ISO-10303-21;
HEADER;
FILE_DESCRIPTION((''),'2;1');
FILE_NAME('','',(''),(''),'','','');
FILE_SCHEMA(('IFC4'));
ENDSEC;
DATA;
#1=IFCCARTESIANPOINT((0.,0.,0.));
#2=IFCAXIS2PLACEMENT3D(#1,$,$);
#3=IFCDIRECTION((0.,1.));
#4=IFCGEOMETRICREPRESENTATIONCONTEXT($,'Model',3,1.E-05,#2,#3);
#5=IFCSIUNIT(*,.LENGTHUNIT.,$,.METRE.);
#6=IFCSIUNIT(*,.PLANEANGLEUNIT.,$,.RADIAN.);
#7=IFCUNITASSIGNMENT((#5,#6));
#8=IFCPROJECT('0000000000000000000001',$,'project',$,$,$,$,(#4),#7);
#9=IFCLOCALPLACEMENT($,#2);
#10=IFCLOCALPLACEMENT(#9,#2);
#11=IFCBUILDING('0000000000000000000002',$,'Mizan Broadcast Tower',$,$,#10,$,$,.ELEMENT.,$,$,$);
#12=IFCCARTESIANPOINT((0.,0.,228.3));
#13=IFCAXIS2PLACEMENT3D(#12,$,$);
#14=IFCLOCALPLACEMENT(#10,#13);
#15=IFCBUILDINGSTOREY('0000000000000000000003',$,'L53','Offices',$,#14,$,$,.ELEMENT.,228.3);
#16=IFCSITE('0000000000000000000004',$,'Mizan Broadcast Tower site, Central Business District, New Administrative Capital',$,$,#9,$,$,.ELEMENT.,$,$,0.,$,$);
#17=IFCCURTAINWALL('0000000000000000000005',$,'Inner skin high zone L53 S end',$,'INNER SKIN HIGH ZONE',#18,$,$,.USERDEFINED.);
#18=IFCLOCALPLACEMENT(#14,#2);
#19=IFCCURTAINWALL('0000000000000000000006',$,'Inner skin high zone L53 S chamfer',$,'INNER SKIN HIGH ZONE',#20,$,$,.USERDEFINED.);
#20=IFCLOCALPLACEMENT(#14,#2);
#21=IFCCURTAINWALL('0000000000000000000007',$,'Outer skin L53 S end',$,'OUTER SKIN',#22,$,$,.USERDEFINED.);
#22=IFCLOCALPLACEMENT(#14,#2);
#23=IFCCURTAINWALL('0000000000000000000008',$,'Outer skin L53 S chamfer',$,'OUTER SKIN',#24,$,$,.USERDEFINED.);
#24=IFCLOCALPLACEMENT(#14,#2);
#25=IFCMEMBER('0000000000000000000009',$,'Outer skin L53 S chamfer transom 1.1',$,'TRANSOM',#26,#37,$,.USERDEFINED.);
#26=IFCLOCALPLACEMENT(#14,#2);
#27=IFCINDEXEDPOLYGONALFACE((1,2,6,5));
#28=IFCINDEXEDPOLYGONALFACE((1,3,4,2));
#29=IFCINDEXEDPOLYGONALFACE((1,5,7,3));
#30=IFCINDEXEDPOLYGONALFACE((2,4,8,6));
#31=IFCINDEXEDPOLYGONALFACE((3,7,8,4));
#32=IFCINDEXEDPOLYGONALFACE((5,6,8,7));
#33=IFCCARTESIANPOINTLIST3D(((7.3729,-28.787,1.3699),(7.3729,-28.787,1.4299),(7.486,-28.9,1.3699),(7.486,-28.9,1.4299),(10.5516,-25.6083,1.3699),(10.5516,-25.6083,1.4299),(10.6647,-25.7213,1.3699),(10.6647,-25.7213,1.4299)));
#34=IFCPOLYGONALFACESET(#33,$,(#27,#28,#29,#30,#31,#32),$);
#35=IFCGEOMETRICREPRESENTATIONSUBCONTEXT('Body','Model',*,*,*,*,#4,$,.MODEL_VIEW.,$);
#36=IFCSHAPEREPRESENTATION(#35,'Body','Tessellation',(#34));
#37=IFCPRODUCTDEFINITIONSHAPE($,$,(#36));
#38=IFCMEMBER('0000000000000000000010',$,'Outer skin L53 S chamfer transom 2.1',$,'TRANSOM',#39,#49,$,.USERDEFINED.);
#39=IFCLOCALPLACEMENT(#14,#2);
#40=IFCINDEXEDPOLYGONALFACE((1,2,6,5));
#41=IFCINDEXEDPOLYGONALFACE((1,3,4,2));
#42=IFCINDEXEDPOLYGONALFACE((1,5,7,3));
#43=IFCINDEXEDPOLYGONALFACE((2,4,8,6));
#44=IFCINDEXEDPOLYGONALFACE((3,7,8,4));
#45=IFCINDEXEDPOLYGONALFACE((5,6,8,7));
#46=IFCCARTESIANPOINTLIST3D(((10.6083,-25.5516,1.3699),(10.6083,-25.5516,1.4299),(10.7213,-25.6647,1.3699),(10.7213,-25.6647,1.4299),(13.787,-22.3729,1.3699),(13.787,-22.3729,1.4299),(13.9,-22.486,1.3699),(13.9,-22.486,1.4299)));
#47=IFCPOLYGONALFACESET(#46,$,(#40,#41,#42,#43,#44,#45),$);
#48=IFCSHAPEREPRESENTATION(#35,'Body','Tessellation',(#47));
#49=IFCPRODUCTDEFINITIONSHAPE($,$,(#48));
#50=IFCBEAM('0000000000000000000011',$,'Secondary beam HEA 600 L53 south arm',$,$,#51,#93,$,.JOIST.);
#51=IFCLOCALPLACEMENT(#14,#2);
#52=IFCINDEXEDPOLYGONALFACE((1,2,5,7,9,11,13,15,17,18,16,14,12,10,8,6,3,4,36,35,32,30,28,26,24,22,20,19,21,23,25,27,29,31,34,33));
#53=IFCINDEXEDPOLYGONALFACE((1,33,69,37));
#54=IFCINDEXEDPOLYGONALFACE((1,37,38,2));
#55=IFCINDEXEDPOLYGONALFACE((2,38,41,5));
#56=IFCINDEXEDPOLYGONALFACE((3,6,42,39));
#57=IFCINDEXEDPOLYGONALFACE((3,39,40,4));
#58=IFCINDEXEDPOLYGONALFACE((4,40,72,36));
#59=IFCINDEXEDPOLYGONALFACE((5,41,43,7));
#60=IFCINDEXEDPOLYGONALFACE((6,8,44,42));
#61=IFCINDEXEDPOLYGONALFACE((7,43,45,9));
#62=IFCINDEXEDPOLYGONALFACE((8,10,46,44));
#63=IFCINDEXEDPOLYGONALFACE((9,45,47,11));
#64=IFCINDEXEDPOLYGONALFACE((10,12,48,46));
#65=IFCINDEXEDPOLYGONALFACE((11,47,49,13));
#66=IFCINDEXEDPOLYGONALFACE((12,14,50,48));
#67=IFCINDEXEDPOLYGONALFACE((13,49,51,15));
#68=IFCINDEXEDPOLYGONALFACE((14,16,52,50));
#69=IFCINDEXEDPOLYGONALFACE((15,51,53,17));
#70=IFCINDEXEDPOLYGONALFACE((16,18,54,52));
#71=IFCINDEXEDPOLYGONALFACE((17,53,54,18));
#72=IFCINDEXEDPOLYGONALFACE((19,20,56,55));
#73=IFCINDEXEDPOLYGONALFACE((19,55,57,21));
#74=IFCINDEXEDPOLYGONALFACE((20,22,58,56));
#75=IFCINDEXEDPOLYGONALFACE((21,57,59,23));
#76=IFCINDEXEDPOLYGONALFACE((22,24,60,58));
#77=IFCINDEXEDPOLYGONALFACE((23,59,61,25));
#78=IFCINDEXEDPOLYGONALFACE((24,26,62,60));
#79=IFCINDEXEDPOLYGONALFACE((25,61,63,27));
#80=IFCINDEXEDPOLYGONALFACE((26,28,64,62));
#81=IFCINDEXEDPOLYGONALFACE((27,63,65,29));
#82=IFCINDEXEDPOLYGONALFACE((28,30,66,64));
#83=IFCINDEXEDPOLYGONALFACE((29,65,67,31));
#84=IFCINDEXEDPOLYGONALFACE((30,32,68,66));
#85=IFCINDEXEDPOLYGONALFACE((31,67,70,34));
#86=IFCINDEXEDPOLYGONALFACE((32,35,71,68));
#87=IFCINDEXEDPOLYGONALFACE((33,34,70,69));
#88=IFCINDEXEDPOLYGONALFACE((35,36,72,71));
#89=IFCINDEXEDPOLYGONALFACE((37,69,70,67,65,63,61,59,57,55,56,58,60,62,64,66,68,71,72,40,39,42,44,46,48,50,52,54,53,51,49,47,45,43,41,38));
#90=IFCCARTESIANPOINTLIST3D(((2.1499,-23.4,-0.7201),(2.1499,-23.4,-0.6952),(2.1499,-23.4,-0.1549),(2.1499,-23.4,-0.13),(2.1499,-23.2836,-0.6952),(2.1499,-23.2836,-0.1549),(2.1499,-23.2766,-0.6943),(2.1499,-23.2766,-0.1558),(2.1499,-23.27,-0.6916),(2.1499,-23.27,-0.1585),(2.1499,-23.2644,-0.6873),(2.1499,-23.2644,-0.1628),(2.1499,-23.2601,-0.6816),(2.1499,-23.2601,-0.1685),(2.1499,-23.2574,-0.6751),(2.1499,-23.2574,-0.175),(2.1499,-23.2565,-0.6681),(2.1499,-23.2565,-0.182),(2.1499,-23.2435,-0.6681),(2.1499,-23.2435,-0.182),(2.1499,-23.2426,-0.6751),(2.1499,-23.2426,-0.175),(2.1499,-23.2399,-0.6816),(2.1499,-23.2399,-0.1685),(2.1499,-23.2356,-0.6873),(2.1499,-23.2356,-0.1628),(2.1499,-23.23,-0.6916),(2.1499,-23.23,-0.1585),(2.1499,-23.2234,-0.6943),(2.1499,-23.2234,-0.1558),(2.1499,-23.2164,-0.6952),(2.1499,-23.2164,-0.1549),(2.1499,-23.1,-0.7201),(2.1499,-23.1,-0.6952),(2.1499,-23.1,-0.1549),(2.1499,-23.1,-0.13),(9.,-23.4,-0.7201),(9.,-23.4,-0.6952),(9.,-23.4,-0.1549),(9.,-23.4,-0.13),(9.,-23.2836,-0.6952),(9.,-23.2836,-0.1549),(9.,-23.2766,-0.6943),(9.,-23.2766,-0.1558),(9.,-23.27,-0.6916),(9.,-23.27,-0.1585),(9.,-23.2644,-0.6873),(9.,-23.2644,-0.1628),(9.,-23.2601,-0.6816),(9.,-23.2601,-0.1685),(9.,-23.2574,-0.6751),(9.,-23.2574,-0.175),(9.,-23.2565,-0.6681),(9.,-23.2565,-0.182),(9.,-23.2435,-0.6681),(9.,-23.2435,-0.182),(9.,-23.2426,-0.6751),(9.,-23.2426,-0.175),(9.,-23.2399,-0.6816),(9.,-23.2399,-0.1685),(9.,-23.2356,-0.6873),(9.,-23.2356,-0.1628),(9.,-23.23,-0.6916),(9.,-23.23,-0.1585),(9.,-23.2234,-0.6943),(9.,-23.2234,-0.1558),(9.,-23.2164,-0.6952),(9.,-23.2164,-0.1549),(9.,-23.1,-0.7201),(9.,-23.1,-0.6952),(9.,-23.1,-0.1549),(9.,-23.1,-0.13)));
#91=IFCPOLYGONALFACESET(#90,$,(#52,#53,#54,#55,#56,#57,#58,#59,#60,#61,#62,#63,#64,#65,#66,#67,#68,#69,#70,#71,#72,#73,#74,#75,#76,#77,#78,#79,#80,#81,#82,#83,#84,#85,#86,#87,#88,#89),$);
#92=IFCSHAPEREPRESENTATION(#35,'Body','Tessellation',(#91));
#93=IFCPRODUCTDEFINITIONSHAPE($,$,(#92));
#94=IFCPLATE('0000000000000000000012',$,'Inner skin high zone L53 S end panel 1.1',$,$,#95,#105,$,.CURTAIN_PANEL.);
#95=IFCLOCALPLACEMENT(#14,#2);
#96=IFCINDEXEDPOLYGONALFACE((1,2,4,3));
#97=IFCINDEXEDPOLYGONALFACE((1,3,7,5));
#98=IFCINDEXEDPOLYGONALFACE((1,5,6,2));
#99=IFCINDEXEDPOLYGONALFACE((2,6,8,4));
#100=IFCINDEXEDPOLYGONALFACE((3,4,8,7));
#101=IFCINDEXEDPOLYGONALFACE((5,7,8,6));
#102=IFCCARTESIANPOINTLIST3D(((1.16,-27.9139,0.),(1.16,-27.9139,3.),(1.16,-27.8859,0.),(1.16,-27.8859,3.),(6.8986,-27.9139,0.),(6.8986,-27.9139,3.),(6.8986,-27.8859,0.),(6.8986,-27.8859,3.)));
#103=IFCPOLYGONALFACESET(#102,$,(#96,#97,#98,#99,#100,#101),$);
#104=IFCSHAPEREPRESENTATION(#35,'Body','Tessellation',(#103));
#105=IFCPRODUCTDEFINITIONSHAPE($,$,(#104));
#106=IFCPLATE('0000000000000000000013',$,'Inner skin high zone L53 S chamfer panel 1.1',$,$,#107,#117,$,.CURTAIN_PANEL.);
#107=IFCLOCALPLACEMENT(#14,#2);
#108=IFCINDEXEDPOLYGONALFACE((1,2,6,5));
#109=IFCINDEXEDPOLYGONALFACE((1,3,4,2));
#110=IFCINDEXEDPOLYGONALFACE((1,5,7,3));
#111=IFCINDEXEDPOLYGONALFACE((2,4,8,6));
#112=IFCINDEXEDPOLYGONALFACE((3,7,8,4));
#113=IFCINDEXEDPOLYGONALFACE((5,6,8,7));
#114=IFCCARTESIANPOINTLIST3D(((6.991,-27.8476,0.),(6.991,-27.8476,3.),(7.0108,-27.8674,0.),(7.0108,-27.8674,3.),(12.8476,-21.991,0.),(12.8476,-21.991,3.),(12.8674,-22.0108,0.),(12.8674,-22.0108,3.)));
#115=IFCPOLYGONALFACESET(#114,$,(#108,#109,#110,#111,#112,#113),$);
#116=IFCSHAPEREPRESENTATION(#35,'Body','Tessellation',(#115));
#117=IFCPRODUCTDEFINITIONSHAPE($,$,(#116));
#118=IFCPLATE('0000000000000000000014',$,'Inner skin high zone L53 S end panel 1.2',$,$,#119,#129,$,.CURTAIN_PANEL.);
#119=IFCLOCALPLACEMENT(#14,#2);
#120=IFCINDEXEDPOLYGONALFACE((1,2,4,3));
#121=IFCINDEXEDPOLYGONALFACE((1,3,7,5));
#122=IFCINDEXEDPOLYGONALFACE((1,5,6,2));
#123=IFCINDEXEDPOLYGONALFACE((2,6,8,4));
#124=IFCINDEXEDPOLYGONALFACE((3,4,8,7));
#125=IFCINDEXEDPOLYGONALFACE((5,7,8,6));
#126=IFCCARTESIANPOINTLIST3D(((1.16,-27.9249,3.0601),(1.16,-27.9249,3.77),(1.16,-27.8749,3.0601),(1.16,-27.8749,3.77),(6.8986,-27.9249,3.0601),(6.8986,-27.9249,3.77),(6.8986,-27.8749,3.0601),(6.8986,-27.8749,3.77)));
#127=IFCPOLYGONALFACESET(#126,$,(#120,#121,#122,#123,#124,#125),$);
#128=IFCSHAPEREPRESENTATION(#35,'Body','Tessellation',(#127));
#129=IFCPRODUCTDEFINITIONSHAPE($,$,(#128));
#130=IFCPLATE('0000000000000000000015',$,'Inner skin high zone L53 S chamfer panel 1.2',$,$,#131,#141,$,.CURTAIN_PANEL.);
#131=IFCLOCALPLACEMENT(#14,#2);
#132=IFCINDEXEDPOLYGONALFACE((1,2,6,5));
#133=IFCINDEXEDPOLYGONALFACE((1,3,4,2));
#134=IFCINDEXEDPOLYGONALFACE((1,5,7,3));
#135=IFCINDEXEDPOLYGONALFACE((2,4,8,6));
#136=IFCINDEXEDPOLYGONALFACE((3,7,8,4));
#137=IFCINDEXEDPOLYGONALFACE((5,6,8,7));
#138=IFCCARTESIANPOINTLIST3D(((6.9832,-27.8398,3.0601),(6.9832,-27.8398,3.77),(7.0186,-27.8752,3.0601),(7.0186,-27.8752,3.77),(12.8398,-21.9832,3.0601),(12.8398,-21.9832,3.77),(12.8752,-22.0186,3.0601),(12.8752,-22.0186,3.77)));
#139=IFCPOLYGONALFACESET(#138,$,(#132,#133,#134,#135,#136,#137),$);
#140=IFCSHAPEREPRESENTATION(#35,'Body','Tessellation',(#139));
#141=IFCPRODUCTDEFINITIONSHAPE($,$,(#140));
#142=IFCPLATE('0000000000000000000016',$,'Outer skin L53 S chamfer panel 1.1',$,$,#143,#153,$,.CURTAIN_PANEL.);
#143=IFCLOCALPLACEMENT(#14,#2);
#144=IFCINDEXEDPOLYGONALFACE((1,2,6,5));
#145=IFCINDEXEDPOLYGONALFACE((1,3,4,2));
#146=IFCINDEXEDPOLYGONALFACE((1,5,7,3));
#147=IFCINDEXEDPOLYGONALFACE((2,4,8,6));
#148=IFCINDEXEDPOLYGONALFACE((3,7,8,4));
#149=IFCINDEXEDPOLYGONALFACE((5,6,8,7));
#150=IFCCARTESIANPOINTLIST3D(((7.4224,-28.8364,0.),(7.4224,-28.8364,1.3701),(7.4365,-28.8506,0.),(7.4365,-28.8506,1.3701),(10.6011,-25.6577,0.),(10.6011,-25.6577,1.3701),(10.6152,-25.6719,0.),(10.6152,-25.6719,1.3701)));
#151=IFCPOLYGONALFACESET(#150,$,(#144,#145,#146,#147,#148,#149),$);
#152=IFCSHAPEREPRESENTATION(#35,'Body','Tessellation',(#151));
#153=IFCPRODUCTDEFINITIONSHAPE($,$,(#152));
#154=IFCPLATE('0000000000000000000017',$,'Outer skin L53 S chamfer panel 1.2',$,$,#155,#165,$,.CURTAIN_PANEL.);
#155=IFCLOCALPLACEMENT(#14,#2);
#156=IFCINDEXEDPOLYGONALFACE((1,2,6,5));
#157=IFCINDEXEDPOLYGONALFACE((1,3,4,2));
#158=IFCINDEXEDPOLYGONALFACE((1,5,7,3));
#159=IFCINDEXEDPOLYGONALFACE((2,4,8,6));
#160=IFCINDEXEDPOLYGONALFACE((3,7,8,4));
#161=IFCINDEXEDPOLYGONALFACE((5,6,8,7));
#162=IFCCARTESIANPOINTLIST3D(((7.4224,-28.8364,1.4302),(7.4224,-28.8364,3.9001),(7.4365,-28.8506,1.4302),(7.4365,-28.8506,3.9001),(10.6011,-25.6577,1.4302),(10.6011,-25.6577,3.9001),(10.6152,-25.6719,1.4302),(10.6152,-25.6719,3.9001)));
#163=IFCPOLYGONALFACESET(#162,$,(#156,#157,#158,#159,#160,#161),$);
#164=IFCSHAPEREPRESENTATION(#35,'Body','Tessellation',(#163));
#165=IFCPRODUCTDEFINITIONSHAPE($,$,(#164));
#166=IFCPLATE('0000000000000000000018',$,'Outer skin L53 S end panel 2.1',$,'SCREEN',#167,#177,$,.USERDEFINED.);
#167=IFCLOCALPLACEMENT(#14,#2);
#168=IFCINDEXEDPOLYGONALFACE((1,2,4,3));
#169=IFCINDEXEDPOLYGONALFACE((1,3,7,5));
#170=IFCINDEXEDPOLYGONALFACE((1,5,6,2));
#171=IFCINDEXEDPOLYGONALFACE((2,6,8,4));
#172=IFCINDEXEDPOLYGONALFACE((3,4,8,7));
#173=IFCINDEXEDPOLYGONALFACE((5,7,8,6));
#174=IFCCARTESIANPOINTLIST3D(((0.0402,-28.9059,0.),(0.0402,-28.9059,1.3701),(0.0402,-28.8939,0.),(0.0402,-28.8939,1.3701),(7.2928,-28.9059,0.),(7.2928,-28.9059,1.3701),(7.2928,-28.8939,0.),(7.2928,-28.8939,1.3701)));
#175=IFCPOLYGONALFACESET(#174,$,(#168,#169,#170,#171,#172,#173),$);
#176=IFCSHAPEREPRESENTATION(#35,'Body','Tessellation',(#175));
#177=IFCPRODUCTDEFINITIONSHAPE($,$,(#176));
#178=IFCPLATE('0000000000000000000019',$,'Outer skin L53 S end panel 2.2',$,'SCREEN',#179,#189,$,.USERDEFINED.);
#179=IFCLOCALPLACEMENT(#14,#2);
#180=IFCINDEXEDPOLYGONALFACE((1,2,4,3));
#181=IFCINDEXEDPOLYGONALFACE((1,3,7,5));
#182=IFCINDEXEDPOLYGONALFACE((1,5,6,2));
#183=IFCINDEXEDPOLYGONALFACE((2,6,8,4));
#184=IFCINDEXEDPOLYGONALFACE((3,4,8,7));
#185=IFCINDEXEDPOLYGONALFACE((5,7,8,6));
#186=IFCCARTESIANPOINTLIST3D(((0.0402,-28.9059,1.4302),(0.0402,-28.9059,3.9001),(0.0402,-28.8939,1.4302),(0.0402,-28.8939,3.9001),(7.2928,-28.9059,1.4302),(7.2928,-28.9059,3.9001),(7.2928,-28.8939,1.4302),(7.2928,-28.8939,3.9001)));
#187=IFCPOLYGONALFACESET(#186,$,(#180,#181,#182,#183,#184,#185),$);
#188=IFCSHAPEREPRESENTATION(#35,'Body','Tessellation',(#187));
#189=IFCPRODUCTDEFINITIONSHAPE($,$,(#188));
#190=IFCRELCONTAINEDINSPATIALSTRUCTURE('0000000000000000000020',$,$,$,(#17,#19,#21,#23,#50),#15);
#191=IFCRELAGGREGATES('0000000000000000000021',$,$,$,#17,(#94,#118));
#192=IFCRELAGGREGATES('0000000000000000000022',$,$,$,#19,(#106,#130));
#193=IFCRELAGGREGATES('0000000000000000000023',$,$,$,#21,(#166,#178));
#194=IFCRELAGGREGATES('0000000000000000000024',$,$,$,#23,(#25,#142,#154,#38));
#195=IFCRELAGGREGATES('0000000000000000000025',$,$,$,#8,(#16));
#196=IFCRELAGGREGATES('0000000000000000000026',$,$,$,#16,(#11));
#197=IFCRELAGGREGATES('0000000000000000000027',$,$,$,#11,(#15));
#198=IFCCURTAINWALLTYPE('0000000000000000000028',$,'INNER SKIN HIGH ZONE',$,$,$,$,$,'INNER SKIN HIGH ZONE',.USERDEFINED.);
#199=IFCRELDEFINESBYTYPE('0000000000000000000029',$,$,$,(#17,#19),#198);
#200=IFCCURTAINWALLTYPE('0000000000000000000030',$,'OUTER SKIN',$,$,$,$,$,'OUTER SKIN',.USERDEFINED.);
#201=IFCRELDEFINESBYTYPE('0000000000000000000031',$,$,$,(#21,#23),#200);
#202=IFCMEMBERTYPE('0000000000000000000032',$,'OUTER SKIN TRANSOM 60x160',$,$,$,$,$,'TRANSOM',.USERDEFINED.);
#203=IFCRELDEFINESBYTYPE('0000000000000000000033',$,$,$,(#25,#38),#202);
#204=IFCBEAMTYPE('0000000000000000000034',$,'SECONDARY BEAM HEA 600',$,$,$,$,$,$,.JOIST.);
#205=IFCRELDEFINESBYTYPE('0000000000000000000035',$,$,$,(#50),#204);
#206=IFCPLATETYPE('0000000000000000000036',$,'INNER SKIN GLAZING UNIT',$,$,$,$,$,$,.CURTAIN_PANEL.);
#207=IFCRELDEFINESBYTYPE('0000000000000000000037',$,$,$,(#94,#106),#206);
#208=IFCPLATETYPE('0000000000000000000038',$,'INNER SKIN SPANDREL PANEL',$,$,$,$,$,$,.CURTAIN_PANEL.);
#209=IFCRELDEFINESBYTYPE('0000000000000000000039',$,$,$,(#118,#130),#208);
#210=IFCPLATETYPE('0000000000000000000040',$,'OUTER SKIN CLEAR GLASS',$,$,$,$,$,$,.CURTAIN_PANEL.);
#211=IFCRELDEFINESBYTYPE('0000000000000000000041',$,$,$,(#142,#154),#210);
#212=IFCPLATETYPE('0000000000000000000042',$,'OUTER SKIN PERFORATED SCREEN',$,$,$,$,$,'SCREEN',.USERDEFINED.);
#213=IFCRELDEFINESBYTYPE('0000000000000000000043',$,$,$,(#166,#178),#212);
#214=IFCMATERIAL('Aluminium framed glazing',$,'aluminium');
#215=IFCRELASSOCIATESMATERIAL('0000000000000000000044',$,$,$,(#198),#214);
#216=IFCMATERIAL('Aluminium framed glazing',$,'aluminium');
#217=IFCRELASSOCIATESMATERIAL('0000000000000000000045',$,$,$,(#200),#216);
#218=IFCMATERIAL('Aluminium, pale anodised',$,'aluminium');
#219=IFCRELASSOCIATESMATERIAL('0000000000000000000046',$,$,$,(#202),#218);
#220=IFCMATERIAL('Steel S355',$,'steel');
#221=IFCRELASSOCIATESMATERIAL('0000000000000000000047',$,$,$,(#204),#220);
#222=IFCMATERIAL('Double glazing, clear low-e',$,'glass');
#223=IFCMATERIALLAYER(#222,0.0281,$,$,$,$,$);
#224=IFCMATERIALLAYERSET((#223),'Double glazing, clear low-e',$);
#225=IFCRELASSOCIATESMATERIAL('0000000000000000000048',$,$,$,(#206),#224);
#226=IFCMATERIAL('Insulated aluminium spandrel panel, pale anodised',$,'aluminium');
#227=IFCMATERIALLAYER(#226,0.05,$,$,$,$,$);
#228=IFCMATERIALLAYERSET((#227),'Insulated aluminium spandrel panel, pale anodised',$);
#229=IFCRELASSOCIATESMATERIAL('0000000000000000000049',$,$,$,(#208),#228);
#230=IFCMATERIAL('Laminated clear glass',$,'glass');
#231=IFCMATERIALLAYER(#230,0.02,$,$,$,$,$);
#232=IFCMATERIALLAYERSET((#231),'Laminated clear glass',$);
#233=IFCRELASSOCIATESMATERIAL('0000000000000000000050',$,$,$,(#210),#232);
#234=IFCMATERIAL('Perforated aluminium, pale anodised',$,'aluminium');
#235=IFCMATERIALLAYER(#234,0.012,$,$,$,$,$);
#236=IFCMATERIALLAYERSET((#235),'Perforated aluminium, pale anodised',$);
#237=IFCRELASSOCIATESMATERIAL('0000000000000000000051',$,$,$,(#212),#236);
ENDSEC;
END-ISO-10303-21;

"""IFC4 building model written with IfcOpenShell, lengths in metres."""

from ifc_helpers import new_model, si_unit, direction, frame, origin, origin_2d, place, context, subcontext, project, spatial, rectangle, i_section, extrude, material, layer, layer_set, material_profile, profile_set, type_object, element, aggregate, save


model = new_model("IFC4")

# Units and contexts
model_context = context("Model", 3, precision=1e-05, world=origin(), true_north=direction((0.0, 1.0)))
body_context = subcontext(model_context, "Body", "Model", "MODEL_VIEW")
ifc_project = project(units=[si_unit("LENGTHUNIT", "METRE"), si_unit("PLANEANGLEUNIT", "RADIAN")], contexts=[model_context])

# Site, building, storey
site_placement = place(None, origin())
site = spatial("IfcSite", under=ifc_project, at=site_placement, Name="Mizan Broadcast Tower site, Central Business District, New Administrative Capital", CompositionType="ELEMENT", RefElevation=0.0)
building_placement = place(site_placement, origin())
building = spatial("IfcBuilding", under=site, at=building_placement, Name="Mizan Broadcast Tower", CompositionType="ELEMENT")
storey_placement = place(building_placement, frame((0.0, 0.0, 228.3)))
storey = spatial("IfcBuildingStorey", under=building, at=storey_placement, Name="L53", Description="Offices", CompositionType="ELEMENT", Elevation=228.3)

# Curtain wall
ifc_material_1 = material(Name="Aluminium framed glazing", Category="aluminium")
curtain_wall_type_1 = type_object("IfcCurtainWallType", Name="INNER SKIN HIGH ZONE", ElementType="INNER SKIN HIGH ZONE", PredefinedType="USERDEFINED", material=ifc_material_1)
curtain_wall_1_placement = place(storey_placement, origin())
curtain_wall_1 = element("IfcCurtainWall", 1, at=curtain_wall_1_placement, inside=storey, type_object=curtain_wall_type_1, Name="Inner skin high zone L53 S end", ObjectType="INNER SKIN HIGH ZONE", PredefinedType="USERDEFINED")

# Curtain wall
curtain_wall_2_placement = place(storey_placement, origin())
curtain_wall_2 = element("IfcCurtainWall", 2, at=curtain_wall_2_placement, inside=storey, type_object=curtain_wall_type_1, Name="Inner skin high zone L53 S chamfer", ObjectType="INNER SKIN HIGH ZONE", PredefinedType="USERDEFINED")

# Curtain wall
ifc_material_2 = material(Name="Aluminium framed glazing", Category="aluminium")
curtain_wall_type_2 = type_object("IfcCurtainWallType", Name="OUTER SKIN", ElementType="OUTER SKIN", PredefinedType="USERDEFINED", material=ifc_material_2)
curtain_wall_3_placement = place(storey_placement, origin())
curtain_wall_3 = element("IfcCurtainWall", 3, at=curtain_wall_3_placement, inside=storey, type_object=curtain_wall_type_2, Name="Outer skin L53 S end", ObjectType="OUTER SKIN", PredefinedType="USERDEFINED")

# Curtain wall
curtain_wall_4_placement = place(storey_placement, origin())
curtain_wall_4 = element("IfcCurtainWall", 4, at=curtain_wall_4_placement, inside=storey, type_object=curtain_wall_type_2, Name="Outer skin L53 S chamfer", ObjectType="OUTER SKIN", PredefinedType="USERDEFINED")

# Members
ifc_material_3 = material(Name="Aluminium, pale anodised", Category="aluminium")
ifc_material_profile_1 = material_profile(ifc_material_3, rectangle(XDim=0.1599, YDim=0.0601, at=origin_2d()), Name="TRANSOM 160x60")
ifc_profile_set_1 = profile_set([ifc_material_profile_1], Name="Aluminium, pale anodised")
member_type_1 = type_object("IfcMemberType", Name="OUTER SKIN TRANSOM 60x160", ElementType="TRANSOM", PredefinedType="USERDEFINED", material=ifc_profile_set_1)
member_1_placement = place(storey_placement, frame((7.4294, -28.8435, 1.3999), z_axis=(0.707107, 0.707107, 0.0), x_axis=(-0.707107, 0.707107, 0.0)))
member_1 = element("IfcMember", 5, at=member_1_placement, type_object=member_type_1, Name="Outer skin L53 S chamfer transom 1.1", ObjectType="TRANSOM", PredefinedType="USERDEFINED", context=body_context, shape_type="SweptSolid", body=[
    extrude(rectangle(XDim=0.1599, YDim=0.0601, at=origin_2d()), origin(), (0.0, 0.0, 1.0), 4.4954),
])
member_2_placement = place(storey_placement, frame((10.6648, -25.6082, 1.3999), z_axis=(0.707107, 0.707107, 0.0), x_axis=(-0.707107, 0.707107, 0.0)))
member_2 = element("IfcMember", 6, at=member_2_placement, type_object=member_type_1, Name="Outer skin L53 S chamfer transom 2.1", ObjectType="TRANSOM", PredefinedType="USERDEFINED", context=body_context, shape_type="SweptSolid", body=[
    extrude(rectangle(XDim=0.1599, YDim=0.0601, at=origin_2d()), origin(), (0.0, 0.0, 1.0), 4.4954),
])

# Beam
ifc_material_4 = material(Name="Steel S355", Category="steel")
ifc_material_profile_2 = material_profile(ifc_material_4, i_section(OverallWidth=0.3, OverallDepth=0.5901, WebThickness=0.0129, FlangeThickness=0.0249, FilletRadius=0.0271, at=origin_2d()), Name="HEA 600")
ifc_profile_set_2 = profile_set([ifc_material_profile_2], Name="Steel S355")
beam_type_1 = type_object("IfcBeamType", Name="SECONDARY BEAM HEA 600", PredefinedType="JOIST", material=ifc_profile_set_2)
beam_1_placement = place(storey_placement, frame((9.0, -23.25, -0.425), z_axis=(-1.0, 0.0, 0.0), x_axis=(0.0, -1.0, 0.0)))
element("IfcBeam", 7, at=beam_1_placement, inside=storey, type_object=beam_type_1, Name="Secondary beam HEA 600 L53 south arm", PredefinedType="JOIST", context=body_context, shape_type="SweptSolid", body=[
    extrude(i_section(OverallWidth=0.3, OverallDepth=0.5901, WebThickness=0.0129, FlangeThickness=0.0249, FilletRadius=0.0271, at=origin_2d()), origin(), (0.0, 0.0, 1.0), 6.8501),
])

# Plates
ifc_material_5 = material(Name="Double glazing, clear low-e", Category="glass")
ifc_layer_1 = layer(ifc_material_5, 0.0281)
ifc_layer_set_1 = layer_set([ifc_layer_1], Name="Double glazing, clear low-e")
plate_type_1 = type_object("IfcPlateType", Name="INNER SKIN GLAZING UNIT", PredefinedType="CURTAIN_PANEL", material=ifc_layer_set_1)
plate_1_placement = place(storey_placement, frame((4.0293, -27.8999, 0.0), z_axis=(0.0, 0.0, 1.0), x_axis=(1.0, 0.0, 0.0)))
plate_1 = element("IfcPlate", 8, at=plate_1_placement, type_object=plate_type_1, Name="Inner skin high zone L53 S end panel 1.1", PredefinedType="CURTAIN_PANEL", context=body_context, shape_type="SweptSolid", body=[
    extrude(rectangle(XDim=5.7385, YDim=0.0281, at=origin_2d()), origin(), (0.0, 0.0, 1.0), 3.0),
])
plate_2_placement = place(storey_placement, frame((9.9292, -24.9292, 0.0), z_axis=(0.0, 0.0, 1.0), x_axis=(0.707107, 0.707107, 0.0)))
plate_2 = element("IfcPlate", 9, at=plate_2_placement, type_object=plate_type_1, Name="Inner skin high zone L53 S chamfer panel 1.1", PredefinedType="CURTAIN_PANEL", context=body_context, shape_type="SweptSolid", body=[
    extrude(rectangle(XDim=8.2825, YDim=0.0281, at=origin_2d()), origin(), (0.0, 0.0, 1.0), 3.0),
])
ifc_material_6 = material(Name="Insulated aluminium spandrel panel, pale anodised", Category="aluminium")
ifc_layer_2 = layer(ifc_material_6, 0.05)
ifc_layer_set_2 = layer_set([ifc_layer_2], Name="Insulated aluminium spandrel panel, pale anodised")
plate_type_2 = type_object("IfcPlateType", Name="INNER SKIN SPANDREL PANEL", PredefinedType="CURTAIN_PANEL", material=ifc_layer_set_2)
plate_3_placement = place(storey_placement, frame((4.0293, -27.8999, 3.0601), z_axis=(0.0, 0.0, 1.0), x_axis=(1.0, 0.0, 0.0)))
plate_3 = element("IfcPlate", 10, at=plate_3_placement, type_object=plate_type_2, Name="Inner skin high zone L53 S end panel 1.2", PredefinedType="CURTAIN_PANEL", context=body_context, shape_type="SweptSolid", body=[
    extrude(rectangle(XDim=5.7385, YDim=0.05, at=origin_2d()), origin(), (0.0, 0.0, 1.0), 0.71),
])
aggregate(curtain_wall_1, [plate_1, plate_3])
plate_4_placement = place(storey_placement, frame((9.9292, -24.9292, 3.0601), z_axis=(0.0, 0.0, 1.0), x_axis=(0.707107, 0.707107, 0.0)))
plate_4 = element("IfcPlate", 11, at=plate_4_placement, type_object=plate_type_2, Name="Inner skin high zone L53 S chamfer panel 1.2", PredefinedType="CURTAIN_PANEL", context=body_context, shape_type="SweptSolid", body=[
    extrude(rectangle(XDim=8.2825, YDim=0.05, at=origin_2d()), origin(), (0.0, 0.0, 1.0), 0.71),
])
aggregate(curtain_wall_2, [plate_2, plate_4])
ifc_material_7 = material(Name="Laminated clear glass", Category="glass")
ifc_layer_3 = layer(ifc_material_7, 0.02)
ifc_layer_set_3 = layer_set([ifc_layer_3], Name="Laminated clear glass")
plate_type_3 = type_object("IfcPlateType", Name="OUTER SKIN CLEAR GLASS", PredefinedType="CURTAIN_PANEL", material=ifc_layer_set_3)
plate_5_placement = place(storey_placement, frame((9.0188, -27.2542, 0.0), z_axis=(0.0, 0.0, 1.0), x_axis=(0.707107, 0.707107, 0.0)))
plate_5 = element("IfcPlate", 12, at=plate_5_placement, type_object=plate_type_3, Name="Outer skin L53 S chamfer panel 1.1", PredefinedType="CURTAIN_PANEL", context=body_context, shape_type="SweptSolid", body=[
    extrude(rectangle(XDim=4.4954, YDim=0.02, at=origin_2d()), origin(), (0.0, 0.0, 1.0), 1.3701),
])
plate_6_placement = place(storey_placement, frame((9.0188, -27.2542, 1.4302), z_axis=(0.0, 0.0, 1.0), x_axis=(0.707107, 0.707107, 0.0)))
plate_6 = element("IfcPlate", 13, at=plate_6_placement, type_object=plate_type_3, Name="Outer skin L53 S chamfer panel 1.2", PredefinedType="CURTAIN_PANEL", context=body_context, shape_type="SweptSolid", body=[
    extrude(rectangle(XDim=4.4954, YDim=0.02, at=origin_2d()), origin(), (0.0, 0.0, 1.0), 2.47),
])
ifc_material_8 = material(Name="Perforated aluminium, pale anodised", Category="aluminium")
ifc_layer_4 = layer(ifc_material_8, 0.012)
ifc_layer_set_4 = layer_set([ifc_layer_4], Name="Perforated aluminium, pale anodised")
plate_type_4 = type_object("IfcPlateType", Name="OUTER SKIN PERFORATED SCREEN", ElementType="SCREEN", PredefinedType="USERDEFINED", material=ifc_layer_set_4)
plate_7_placement = place(storey_placement, frame((3.6665, -28.8999, 0.0), z_axis=(0.0, 0.0, 1.0), x_axis=(1.0, 0.0, 0.0)))
plate_7 = element("IfcPlate", 14, at=plate_7_placement, type_object=plate_type_4, Name="Outer skin L53 S end panel 2.1", ObjectType="SCREEN", PredefinedType="USERDEFINED", context=body_context, shape_type="SweptSolid", body=[
    extrude(rectangle(XDim=7.2527, YDim=0.012, at=origin_2d()), origin(), (0.0, 0.0, 1.0), 1.3701),
])
plate_8_placement = place(storey_placement, frame((3.6665, -28.8999, 1.4302), z_axis=(0.0, 0.0, 1.0), x_axis=(1.0, 0.0, 0.0)))
plate_8 = element("IfcPlate", 15, at=plate_8_placement, type_object=plate_type_4, Name="Outer skin L53 S end panel 2.2", ObjectType="SCREEN", PredefinedType="USERDEFINED", context=body_context, shape_type="SweptSolid", body=[
    extrude(rectangle(XDim=7.2527, YDim=0.012, at=origin_2d()), origin(), (0.0, 0.0, 1.0), 2.47),
])
aggregate(curtain_wall_3, [plate_7, plate_8])
aggregate(curtain_wall_4, [member_1, plate_5, plate_6, member_2])

save(model, "model.ifc")
